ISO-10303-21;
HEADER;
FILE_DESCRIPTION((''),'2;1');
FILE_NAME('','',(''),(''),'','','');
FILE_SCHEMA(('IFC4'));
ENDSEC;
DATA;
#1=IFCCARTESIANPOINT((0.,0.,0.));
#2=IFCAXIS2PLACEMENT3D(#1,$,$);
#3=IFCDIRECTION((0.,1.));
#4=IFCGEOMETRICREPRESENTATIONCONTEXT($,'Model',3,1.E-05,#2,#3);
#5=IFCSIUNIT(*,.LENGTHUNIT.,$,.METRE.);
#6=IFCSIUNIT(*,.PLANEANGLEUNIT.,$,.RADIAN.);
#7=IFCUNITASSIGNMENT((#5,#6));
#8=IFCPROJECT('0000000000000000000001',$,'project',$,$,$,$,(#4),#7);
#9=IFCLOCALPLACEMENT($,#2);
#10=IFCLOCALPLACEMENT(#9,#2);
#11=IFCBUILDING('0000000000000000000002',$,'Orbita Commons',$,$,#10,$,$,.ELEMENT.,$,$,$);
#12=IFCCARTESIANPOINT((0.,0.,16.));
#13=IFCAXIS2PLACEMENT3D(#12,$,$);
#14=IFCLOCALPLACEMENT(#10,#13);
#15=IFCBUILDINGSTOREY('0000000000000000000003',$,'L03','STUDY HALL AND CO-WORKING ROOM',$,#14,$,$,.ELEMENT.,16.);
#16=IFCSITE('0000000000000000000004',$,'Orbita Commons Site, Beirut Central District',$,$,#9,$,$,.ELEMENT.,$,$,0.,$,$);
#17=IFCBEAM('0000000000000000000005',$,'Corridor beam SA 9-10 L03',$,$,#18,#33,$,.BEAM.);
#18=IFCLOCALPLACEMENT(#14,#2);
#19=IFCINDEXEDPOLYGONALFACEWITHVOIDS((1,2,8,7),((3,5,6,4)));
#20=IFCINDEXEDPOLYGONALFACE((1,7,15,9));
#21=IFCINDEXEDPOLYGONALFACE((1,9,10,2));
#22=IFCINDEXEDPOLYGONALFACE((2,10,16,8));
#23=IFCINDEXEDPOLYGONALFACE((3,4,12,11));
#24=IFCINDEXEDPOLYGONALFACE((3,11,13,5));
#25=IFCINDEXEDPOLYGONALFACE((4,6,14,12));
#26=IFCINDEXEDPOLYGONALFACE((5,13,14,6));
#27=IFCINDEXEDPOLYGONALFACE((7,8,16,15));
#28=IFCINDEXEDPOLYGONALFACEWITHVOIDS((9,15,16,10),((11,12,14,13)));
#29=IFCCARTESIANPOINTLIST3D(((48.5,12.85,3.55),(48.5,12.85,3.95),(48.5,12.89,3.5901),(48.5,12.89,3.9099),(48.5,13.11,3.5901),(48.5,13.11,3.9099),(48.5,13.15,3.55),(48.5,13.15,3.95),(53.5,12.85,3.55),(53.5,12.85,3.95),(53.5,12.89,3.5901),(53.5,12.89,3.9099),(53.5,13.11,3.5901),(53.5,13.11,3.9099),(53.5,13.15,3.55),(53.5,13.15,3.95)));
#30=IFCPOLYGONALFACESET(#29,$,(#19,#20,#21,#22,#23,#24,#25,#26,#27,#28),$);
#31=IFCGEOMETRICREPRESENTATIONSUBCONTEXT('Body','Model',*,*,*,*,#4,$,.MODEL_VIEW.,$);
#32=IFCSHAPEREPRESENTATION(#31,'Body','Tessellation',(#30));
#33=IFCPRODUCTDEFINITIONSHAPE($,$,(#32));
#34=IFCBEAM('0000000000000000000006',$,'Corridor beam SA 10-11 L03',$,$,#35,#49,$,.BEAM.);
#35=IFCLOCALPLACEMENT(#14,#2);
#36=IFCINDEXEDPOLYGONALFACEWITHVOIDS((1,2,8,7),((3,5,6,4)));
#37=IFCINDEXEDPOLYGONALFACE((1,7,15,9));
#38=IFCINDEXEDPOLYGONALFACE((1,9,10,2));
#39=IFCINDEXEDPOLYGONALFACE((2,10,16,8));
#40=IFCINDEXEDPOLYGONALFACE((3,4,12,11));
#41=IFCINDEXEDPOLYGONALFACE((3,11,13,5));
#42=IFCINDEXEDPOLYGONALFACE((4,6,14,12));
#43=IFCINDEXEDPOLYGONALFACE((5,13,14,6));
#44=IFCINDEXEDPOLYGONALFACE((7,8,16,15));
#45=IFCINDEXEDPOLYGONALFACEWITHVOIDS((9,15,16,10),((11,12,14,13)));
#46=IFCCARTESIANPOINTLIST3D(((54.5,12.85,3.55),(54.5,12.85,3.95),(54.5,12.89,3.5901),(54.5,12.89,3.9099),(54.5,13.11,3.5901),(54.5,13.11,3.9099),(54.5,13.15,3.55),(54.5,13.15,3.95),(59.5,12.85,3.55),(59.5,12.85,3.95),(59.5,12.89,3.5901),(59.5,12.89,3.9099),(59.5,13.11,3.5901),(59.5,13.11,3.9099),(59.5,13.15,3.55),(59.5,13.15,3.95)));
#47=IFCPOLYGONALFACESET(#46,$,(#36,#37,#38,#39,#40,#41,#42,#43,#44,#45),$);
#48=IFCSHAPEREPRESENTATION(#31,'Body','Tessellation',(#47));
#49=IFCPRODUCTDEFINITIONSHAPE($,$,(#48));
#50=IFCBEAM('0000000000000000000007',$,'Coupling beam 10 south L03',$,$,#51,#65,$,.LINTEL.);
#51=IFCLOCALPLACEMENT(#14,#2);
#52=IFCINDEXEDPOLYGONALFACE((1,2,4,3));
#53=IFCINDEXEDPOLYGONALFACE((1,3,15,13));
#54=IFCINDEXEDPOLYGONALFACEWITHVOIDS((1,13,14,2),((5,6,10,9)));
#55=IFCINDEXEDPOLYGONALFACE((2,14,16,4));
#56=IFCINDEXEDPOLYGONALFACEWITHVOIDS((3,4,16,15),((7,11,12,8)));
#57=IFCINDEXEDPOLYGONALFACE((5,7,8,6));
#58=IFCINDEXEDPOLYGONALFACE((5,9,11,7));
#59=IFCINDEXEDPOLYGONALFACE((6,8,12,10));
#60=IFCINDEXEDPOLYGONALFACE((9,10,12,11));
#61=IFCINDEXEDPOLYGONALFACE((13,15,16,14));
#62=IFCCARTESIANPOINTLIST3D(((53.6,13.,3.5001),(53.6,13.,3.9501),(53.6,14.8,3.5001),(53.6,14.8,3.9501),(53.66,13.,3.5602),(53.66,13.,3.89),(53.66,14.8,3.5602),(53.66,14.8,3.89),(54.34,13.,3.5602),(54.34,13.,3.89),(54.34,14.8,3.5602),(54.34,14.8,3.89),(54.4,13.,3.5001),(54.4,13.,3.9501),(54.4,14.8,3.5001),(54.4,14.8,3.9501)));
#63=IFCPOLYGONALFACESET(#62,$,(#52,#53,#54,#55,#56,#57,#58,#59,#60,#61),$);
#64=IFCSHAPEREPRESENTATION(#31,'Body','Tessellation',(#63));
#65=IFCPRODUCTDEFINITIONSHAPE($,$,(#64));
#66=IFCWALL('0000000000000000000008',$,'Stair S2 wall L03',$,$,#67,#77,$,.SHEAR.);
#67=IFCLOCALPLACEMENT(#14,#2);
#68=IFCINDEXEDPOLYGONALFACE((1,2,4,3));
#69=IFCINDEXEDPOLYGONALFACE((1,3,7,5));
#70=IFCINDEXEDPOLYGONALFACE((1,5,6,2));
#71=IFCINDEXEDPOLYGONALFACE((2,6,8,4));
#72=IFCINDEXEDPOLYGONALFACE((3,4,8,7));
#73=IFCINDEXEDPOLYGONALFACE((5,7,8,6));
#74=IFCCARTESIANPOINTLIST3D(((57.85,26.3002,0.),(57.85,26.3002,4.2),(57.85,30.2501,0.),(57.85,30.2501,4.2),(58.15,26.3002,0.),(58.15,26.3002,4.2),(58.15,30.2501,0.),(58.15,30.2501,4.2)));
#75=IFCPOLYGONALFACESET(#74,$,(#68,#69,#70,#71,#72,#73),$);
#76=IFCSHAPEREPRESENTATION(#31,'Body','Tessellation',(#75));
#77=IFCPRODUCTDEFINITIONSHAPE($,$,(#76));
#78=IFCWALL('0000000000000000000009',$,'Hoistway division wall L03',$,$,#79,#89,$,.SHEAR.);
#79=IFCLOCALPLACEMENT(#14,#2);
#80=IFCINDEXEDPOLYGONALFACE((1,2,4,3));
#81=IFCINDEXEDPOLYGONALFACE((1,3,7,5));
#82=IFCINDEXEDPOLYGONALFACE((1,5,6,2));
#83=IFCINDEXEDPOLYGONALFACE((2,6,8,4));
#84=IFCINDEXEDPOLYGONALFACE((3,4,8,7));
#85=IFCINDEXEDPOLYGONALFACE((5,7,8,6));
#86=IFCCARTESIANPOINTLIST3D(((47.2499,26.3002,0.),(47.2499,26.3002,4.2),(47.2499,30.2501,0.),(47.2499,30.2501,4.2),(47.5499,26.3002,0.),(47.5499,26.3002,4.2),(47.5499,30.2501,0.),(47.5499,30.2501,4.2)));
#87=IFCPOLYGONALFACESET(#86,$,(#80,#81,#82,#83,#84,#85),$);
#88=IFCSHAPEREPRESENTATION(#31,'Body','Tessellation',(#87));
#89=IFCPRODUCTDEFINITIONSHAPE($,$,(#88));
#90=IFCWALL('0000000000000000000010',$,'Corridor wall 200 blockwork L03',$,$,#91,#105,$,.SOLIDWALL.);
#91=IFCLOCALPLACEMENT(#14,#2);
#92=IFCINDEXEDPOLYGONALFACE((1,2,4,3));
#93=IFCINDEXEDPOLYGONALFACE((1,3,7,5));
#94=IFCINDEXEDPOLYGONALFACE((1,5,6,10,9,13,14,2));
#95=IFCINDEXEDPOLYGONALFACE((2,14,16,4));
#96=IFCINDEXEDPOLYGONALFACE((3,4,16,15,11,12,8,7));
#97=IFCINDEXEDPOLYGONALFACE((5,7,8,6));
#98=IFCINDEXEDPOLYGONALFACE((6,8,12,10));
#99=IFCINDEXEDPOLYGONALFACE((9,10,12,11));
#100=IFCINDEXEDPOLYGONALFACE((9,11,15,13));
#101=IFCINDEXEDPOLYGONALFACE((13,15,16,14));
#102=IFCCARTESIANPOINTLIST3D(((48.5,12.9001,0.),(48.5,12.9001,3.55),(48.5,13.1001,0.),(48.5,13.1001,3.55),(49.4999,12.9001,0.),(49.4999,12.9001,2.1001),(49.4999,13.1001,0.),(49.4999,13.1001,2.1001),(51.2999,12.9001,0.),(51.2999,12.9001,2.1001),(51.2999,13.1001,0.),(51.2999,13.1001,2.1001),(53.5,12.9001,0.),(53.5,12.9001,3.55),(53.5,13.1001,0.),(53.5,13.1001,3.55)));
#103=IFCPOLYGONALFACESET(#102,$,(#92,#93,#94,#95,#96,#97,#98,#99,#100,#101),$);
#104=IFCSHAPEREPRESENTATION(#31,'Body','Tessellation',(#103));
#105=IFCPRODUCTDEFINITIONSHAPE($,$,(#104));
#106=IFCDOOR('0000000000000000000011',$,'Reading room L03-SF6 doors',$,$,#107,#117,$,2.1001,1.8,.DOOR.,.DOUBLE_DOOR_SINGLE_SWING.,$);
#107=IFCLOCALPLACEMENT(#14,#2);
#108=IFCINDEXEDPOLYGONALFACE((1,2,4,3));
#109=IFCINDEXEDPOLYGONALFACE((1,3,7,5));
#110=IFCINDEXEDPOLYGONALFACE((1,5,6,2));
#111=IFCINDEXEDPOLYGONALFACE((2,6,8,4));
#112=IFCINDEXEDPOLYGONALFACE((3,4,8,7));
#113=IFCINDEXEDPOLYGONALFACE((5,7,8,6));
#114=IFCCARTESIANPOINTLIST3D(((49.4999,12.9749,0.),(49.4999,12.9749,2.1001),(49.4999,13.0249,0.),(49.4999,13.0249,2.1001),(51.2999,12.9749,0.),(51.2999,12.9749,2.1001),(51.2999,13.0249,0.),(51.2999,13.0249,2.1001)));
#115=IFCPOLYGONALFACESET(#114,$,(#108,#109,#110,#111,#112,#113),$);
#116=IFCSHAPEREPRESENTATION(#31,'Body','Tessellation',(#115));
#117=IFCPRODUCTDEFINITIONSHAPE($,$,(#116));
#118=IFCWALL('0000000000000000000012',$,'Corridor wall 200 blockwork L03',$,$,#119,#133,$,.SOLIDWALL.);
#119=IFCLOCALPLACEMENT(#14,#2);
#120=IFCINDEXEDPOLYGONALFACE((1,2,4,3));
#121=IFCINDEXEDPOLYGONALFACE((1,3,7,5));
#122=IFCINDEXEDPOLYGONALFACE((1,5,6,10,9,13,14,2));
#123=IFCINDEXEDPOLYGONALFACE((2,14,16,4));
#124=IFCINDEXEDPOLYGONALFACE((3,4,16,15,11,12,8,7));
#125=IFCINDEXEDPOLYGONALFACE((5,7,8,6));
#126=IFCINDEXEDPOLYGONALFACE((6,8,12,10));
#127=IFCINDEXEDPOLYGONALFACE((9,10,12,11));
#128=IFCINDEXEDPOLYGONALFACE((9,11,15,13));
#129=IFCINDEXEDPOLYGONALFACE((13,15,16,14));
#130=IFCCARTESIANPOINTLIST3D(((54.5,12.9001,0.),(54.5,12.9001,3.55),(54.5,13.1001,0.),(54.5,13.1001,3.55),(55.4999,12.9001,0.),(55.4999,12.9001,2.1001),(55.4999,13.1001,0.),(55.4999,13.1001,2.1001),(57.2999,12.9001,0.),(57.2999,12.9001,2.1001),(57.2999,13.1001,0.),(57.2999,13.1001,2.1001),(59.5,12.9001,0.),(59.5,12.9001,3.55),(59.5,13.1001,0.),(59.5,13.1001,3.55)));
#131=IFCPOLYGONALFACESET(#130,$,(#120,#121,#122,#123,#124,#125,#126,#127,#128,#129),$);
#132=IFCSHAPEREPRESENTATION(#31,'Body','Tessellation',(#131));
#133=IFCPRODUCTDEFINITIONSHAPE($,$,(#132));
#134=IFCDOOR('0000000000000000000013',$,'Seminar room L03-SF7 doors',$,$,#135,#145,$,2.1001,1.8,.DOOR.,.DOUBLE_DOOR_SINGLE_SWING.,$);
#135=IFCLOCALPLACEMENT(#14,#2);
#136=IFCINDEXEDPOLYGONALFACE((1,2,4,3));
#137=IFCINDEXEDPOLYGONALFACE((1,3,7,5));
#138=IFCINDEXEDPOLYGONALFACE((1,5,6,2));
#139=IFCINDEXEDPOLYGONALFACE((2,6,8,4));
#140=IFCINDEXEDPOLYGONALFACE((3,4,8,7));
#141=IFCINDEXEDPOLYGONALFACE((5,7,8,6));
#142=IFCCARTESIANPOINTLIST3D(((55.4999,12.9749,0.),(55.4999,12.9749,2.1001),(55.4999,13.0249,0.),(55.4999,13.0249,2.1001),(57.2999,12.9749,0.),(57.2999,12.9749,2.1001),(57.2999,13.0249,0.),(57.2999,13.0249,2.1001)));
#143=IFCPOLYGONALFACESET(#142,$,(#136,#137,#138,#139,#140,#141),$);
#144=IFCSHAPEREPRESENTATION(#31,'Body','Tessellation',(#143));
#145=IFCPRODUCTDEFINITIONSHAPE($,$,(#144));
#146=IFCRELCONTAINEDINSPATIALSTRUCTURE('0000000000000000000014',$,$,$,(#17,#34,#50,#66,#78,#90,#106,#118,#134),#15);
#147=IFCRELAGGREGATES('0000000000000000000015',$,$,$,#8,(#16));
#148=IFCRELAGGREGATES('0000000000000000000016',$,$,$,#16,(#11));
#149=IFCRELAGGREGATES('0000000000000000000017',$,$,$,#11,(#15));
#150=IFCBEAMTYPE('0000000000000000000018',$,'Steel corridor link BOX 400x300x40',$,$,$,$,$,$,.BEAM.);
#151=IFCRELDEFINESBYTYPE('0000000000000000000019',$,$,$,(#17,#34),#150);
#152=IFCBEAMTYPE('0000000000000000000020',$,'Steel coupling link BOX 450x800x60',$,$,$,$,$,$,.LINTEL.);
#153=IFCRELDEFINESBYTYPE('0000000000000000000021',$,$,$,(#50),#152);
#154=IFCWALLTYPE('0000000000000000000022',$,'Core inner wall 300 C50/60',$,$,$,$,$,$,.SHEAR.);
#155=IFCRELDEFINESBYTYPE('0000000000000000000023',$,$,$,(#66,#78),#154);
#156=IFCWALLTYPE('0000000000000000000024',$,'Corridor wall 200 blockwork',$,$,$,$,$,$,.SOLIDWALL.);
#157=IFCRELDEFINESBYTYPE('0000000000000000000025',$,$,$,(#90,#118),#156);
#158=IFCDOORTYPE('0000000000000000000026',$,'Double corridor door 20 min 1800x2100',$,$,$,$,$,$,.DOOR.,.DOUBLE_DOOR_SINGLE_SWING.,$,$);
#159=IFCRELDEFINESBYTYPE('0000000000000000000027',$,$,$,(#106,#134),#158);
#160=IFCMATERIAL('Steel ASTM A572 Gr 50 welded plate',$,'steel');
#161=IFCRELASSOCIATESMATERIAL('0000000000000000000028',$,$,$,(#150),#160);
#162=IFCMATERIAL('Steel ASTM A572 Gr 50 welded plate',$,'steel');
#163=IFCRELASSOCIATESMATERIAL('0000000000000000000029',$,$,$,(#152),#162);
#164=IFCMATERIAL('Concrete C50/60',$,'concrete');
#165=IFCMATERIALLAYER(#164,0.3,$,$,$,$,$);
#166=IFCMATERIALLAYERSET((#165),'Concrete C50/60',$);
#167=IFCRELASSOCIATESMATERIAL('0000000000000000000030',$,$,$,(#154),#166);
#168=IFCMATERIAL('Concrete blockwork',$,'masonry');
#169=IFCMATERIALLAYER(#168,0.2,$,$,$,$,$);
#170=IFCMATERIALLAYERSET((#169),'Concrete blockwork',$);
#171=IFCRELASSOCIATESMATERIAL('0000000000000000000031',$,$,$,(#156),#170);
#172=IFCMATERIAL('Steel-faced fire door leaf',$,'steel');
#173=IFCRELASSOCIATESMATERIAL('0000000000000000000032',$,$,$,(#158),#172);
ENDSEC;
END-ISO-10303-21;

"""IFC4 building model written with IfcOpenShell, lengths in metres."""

from ifc_helpers import new_model, si_unit, direction, frame, frame_2d, origin, origin_2d, place, context, subcontext, project, spatial, polyline, rectangle, hollow_rectangle, outline, extrude, material, layer, layer_set, material_profile, profile_set, type_object, element, fill, save


model = new_model("IFC4")

# Units and contexts
model_context = context("Model", 3, precision=1e-05, world=origin(), true_north=direction((0.0, 1.0)))
body_context = subcontext(model_context, "Body", "Model", "MODEL_VIEW")
ifc_project = project(units=[si_unit("LENGTHUNIT", "METRE"), si_unit("PLANEANGLEUNIT", "RADIAN")], contexts=[model_context])

# Site, building, storey
site_placement = place(None, origin())
site = spatial("IfcSite", under=ifc_project, at=site_placement, Name="Orbita Commons Site, Beirut Central District", CompositionType="ELEMENT", RefElevation=0.0)
building_placement = place(site_placement, origin())
building = spatial("IfcBuilding", under=site, at=building_placement, Name="Orbita Commons", CompositionType="ELEMENT")
storey_placement = place(building_placement, frame((0.0, 0.0, 16.0)))
storey = spatial("IfcBuildingStorey", under=building, at=storey_placement, Name="L03", Description="STUDY HALL AND CO-WORKING ROOM", CompositionType="ELEMENT", Elevation=16.0)

# Beams
ifc_material_1 = material(Name="Steel ASTM A572 Gr 50 welded plate", Category="steel")
ifc_material_profile_1 = material_profile(ifc_material_1, hollow_rectangle(XDim=0.3, YDim=0.3999, WallThickness=0.04, at=origin_2d()), Name="BOX 400x300x40")
ifc_profile_set_1 = profile_set([ifc_material_profile_1], Name="Steel ASTM A572 Gr 50 welded plate")
beam_type_1 = type_object("IfcBeamType", Name="Steel corridor link BOX 400x300x40", PredefinedType="BEAM", material=ifc_profile_set_1)
for number, where, z_axis, x_axis, name in (
    (1, (48.5, 13.0, 3.75), (1.0, 0.0, 0.0), (0.0, 1.0, 0.0), "Corridor beam SA 9-10 L03"),
    (2, (54.5, 13.0, 3.75), (1.0, 0.0, 0.0), (0.0, 1.0, 0.0), "Corridor beam SA 10-11 L03"),
):
    element("IfcBeam", number, at=place(storey_placement, frame(where, z_axis=z_axis, x_axis=x_axis)), inside=storey, type_object=beam_type_1, Name=name, PredefinedType="BEAM", context=body_context, shape_type="SweptSolid", body=[
        extrude(hollow_rectangle(XDim=0.3, YDim=0.3999, WallThickness=0.04, at=origin_2d()), origin(), (0.0, 0.0, 1.0), 5.0),
    ])
ifc_material_2 = material(Name="Steel ASTM A572 Gr 50 welded plate", Category="steel")
ifc_material_profile_2 = material_profile(ifc_material_2, hollow_rectangle(XDim=0.8, YDim=0.45, WallThickness=0.0601, at=origin_2d()), Name="BOX 450x800x60")
ifc_profile_set_2 = profile_set([ifc_material_profile_2], Name="Steel ASTM A572 Gr 50 welded plate")
beam_type_2 = type_object("IfcBeamType", Name="Steel coupling link BOX 450x800x60", PredefinedType="LINTEL", material=ifc_profile_set_2)
beam_placement = place(storey_placement, frame((54.0, 13.0, 3.7251), z_axis=(0.0, 1.0, 0.0), x_axis=(-1.0, 0.0, 0.0)))
element("IfcBeam", 3, at=beam_placement, inside=storey, type_object=beam_type_2, Name="Coupling beam 10 south L03", PredefinedType="LINTEL", context=body_context, shape_type="SweptSolid", body=[
    extrude(hollow_rectangle(XDim=0.8, YDim=0.45, WallThickness=0.0601, at=origin_2d()), origin(), (0.0, 0.0, 1.0), 1.8),
])

# Walls
ifc_material_3 = material(Name="Concrete C50/60", Category="concrete")
ifc_layer_1 = layer(ifc_material_3, 0.3)
ifc_layer_set_1 = layer_set([ifc_layer_1], Name="Concrete C50/60")
wall_type_1 = type_object("IfcWallType", Name="Core inner wall 300 C50/60", PredefinedType="SHEAR", material=ifc_layer_set_1)
for number, where, z_axis, x_axis, name in (
    (4, (58.0, 26.3, 0.0), (0.0, 0.0, 1.0), (0.0, 1.0, 0.0), "Stair S2 wall L03"),
    (5, (47.3999, 26.3, 0.0), (0.0, 0.0, 1.0), (0.0, 1.0, 0.0), "Hoistway division wall L03"),
):
    element("IfcWall", number, at=place(storey_placement, frame(where, z_axis=z_axis, x_axis=x_axis)), inside=storey, type_object=wall_type_1, Name=name, PredefinedType="SHEAR", context=body_context, shape_type="SweptSolid", body=[
        extrude(rectangle(XDim=3.95, YDim=0.3, at=frame_2d((1.9751, 0.0))), origin(), (0.0, 0.0, 1.0), 4.2),
    ])

# Walls, openings, doors
ifc_material_4 = material(Name="Concrete blockwork", Category="masonry")
ifc_layer_2 = layer(ifc_material_4, 0.2)
ifc_layer_set_2 = layer_set([ifc_layer_2], Name="Concrete blockwork")
wall_type_2 = type_object("IfcWallType", Name="Corridor wall 200 blockwork", PredefinedType="SOLIDWALL", material=ifc_layer_set_2)
wall_1_placement = place(storey_placement, frame((48.5, 13.0, 0.0), z_axis=(0.0, 0.0, 1.0), x_axis=(1.0, 0.0, 0.0)))
wall_1 = element("IfcWall", 6, at=wall_1_placement, inside=storey, type_object=wall_type_2, Name="Corridor wall 200 blockwork L03", PredefinedType="SOLIDWALL", context=body_context, shape_type="SweptSolid", body=[
    extrude(outline(polyline([(0.0, 0.0), (5.0, 0.0), (5.0, 3.55), (0.0, 3.55), (0.0, 0.0)])), frame((0.0, 0.1001, 0.0), z_axis=(0.0, -1.0, 0.0), x_axis=(1.0, 0.0, 0.0)), (0.0, 0.0, 1.0), 0.2),
])
opening_1_placement = place(wall_1_placement, frame((1.0, 0.0, 0.0)))
opening_1 = element("IfcOpeningElement", 7, at=opening_1_placement, cuts=wall_1, PredefinedType="OPENING", context=body_context, shape_type="SweptSolid", body=[
    extrude(rectangle(XDim=1.8, YDim=2.1001, at=frame_2d((0.8999, 1.05))), frame((0.0, 0.1099, 0.0), z_axis=(0.0, -1.0, 0.0), x_axis=(1.0, 0.0, 0.0)), (0.0, 0.0, 1.0), 0.22),
])
ifc_material_5 = material(Name="Steel-faced fire door leaf", Category="steel")
door_type_1 = type_object("IfcDoorType", Name="Double corridor door 20 min 1800x2100", OperationType="DOUBLE_DOOR_SINGLE_SWING", PredefinedType="DOOR", material=ifc_material_5)
door_1_placement = place(opening_1_placement, origin())
door_1 = element("IfcDoor", 8, at=door_1_placement, inside=storey, type_object=door_type_1, Name="Reading room L03-SF6 doors", OperationType="DOUBLE_DOOR_SINGLE_SWING", OverallHeight=2.1001, OverallWidth=1.8, PredefinedType="DOOR", context=body_context, shape_type="SweptSolid", body=[
    extrude(rectangle(XDim=1.8, YDim=2.1001, at=frame_2d((0.8999, 1.05))), frame((0.0, 0.0249, 0.0), z_axis=(0.0, -1.0, 0.0), x_axis=(1.0, 0.0, 0.0)), (0.0, 0.0, 1.0), 0.05),
])
fill(opening_1, door_1)
wall_2_placement = place(storey_placement, frame((54.5, 13.0, 0.0), z_axis=(0.0, 0.0, 1.0), x_axis=(1.0, 0.0, 0.0)))
wall_2 = element("IfcWall", 9, at=wall_2_placement, inside=storey, type_object=wall_type_2, Name="Corridor wall 200 blockwork L03", PredefinedType="SOLIDWALL", context=body_context, shape_type="SweptSolid", body=[
    extrude(outline(polyline([(0.0, 0.0), (5.0, 0.0), (5.0, 3.55), (0.0, 3.55), (0.0, 0.0)])), frame((0.0, 0.1001, 0.0), z_axis=(0.0, -1.0, 0.0), x_axis=(1.0, 0.0, 0.0)), (0.0, 0.0, 1.0), 0.2),
])
opening_2_placement = place(wall_2_placement, frame((1.0, 0.0, 0.0)))
opening_2 = element("IfcOpeningElement", 10, at=opening_2_placement, cuts=wall_2, PredefinedType="OPENING", context=body_context, shape_type="SweptSolid", body=[
    extrude(rectangle(XDim=1.8, YDim=2.1001, at=frame_2d((0.8999, 1.05))), frame((0.0, 0.1099, 0.0), z_axis=(0.0, -1.0, 0.0), x_axis=(1.0, 0.0, 0.0)), (0.0, 0.0, 1.0), 0.22),
])
door_2_placement = place(opening_2_placement, origin())
door_2 = element("IfcDoor", 11, at=door_2_placement, inside=storey, type_object=door_type_1, Name="Seminar room L03-SF7 doors", OperationType="DOUBLE_DOOR_SINGLE_SWING", OverallHeight=2.1001, OverallWidth=1.8, PredefinedType="DOOR", context=body_context, shape_type="SweptSolid", body=[
    extrude(rectangle(XDim=1.8, YDim=2.1001, at=frame_2d((0.8999, 1.05))), frame((0.0, 0.0249, 0.0), z_axis=(0.0, -1.0, 0.0), x_axis=(1.0, 0.0, 0.0)), (0.0, 0.0, 1.0), 0.05),
])
fill(opening_2, door_2)

save(model, "model.ifc")
